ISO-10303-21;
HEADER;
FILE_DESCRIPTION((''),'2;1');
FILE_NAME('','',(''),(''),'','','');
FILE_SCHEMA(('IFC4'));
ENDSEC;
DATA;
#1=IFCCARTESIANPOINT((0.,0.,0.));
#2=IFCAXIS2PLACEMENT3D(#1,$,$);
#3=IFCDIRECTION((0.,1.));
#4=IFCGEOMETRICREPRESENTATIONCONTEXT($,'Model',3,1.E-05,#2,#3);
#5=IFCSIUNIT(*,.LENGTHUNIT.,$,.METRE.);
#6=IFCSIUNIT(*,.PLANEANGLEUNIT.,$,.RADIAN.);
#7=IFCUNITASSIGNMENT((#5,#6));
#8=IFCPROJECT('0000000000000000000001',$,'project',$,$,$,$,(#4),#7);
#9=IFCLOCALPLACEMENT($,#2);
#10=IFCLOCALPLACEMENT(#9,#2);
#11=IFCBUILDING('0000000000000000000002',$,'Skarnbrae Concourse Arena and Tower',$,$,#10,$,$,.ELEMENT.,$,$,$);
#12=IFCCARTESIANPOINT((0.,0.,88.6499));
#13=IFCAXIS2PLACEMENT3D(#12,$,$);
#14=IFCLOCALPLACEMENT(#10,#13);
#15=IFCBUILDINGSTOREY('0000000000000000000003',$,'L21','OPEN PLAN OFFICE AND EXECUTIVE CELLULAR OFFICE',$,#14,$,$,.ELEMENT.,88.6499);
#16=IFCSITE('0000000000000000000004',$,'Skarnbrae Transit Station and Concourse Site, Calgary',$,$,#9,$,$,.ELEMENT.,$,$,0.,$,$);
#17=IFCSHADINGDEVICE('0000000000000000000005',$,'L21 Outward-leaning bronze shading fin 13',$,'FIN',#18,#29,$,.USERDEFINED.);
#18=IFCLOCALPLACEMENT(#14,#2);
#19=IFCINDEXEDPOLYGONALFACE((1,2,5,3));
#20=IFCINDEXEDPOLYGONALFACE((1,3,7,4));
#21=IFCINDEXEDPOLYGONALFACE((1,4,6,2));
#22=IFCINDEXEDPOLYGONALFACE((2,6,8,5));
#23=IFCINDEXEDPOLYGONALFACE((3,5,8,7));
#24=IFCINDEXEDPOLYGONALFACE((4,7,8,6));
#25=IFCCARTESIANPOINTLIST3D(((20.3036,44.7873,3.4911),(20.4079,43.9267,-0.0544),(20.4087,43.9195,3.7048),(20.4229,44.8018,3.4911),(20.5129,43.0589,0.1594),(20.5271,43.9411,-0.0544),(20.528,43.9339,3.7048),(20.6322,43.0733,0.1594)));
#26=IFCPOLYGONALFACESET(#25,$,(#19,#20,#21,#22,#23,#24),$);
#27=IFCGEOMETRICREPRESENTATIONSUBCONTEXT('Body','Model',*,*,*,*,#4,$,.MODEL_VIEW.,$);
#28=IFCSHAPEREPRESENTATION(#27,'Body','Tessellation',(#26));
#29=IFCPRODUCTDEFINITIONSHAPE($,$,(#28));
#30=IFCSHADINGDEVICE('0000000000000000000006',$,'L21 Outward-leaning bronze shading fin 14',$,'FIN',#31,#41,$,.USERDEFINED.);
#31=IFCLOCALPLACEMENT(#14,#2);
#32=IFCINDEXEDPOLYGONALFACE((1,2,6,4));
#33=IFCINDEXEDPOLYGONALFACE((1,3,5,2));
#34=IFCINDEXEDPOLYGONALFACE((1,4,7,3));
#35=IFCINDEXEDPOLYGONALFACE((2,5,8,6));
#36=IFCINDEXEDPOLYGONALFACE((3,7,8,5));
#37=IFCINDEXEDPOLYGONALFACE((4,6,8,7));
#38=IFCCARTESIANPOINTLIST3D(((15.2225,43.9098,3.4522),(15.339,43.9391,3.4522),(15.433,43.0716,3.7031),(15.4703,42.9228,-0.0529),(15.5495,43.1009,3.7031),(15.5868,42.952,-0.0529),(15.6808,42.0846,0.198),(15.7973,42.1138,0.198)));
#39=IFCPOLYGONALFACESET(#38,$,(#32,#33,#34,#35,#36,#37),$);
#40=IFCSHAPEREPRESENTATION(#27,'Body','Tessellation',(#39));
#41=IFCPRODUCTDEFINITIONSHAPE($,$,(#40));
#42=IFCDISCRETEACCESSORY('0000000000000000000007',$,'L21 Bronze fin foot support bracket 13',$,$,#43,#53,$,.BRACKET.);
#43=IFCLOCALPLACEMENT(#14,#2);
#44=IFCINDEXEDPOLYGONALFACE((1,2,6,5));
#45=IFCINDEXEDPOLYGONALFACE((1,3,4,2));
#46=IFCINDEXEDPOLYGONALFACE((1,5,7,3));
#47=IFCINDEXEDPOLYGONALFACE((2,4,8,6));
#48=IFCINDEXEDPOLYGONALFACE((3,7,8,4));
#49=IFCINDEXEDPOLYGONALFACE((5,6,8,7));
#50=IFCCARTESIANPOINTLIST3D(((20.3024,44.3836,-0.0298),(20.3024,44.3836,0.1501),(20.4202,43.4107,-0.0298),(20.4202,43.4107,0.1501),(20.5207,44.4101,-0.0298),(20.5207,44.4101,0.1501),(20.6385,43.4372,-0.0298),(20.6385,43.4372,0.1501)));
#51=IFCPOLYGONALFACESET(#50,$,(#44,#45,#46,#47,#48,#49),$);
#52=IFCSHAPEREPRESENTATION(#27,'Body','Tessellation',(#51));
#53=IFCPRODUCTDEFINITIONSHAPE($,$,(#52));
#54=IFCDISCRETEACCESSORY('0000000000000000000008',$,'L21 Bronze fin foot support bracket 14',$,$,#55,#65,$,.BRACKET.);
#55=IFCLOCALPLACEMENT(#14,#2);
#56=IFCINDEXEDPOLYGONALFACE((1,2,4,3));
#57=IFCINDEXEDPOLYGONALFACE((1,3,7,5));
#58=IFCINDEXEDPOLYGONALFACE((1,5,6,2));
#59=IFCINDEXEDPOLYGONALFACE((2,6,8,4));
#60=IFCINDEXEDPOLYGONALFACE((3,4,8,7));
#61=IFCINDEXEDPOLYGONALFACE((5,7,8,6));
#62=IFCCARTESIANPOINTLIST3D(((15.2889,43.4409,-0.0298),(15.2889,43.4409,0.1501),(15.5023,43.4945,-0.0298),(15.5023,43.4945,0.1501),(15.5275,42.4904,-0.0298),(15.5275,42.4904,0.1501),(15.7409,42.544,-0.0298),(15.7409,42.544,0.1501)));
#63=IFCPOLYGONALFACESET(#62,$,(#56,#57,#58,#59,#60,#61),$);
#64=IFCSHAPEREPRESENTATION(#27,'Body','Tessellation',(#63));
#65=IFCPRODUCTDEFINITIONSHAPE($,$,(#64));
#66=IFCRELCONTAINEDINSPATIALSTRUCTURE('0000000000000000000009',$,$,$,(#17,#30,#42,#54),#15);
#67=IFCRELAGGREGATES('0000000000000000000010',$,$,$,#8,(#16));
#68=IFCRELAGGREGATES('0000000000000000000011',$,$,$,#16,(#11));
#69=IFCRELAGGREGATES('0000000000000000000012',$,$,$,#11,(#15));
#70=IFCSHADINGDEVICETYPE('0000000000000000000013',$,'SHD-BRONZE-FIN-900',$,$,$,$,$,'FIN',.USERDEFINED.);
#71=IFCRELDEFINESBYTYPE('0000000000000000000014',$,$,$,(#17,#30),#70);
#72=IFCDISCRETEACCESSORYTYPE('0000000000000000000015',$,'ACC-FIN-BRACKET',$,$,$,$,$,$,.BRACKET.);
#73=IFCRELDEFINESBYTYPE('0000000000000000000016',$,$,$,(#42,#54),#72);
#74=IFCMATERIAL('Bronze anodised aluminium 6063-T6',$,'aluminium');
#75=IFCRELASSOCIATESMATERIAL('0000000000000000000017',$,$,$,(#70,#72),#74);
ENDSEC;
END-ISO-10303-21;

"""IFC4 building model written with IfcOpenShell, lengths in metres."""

from ifc_helpers import new_model, si_unit, direction, frame, origin, origin_2d, place, context, subcontext, project, spatial, rectangle, extrude, source, transform, mapped, material, type_object, element, save


model = new_model("IFC4")

# Units and contexts
model_context = context("Model", 3, precision=1e-05, world=origin(), true_north=direction((0.0, 1.0)))
body_context = subcontext(model_context, "Body", "Model", "MODEL_VIEW")
ifc_project = project(units=[si_unit("LENGTHUNIT", "METRE"), si_unit("PLANEANGLEUNIT", "RADIAN")], contexts=[model_context])

# Site, building, storey
site_placement = place(None, origin())
site = spatial("IfcSite", under=ifc_project, at=site_placement, Name="Skarnbrae Transit Station and Concourse Site, Calgary", CompositionType="ELEMENT", RefElevation=0.0)
building_placement = place(site_placement, origin())
building = spatial("IfcBuilding", under=site, at=building_placement, Name="Skarnbrae Concourse Arena and Tower", CompositionType="ELEMENT")
storey_placement = place(building_placement, frame((0.0, 0.0, 88.6499)))
storey = spatial("IfcBuildingStorey", under=building, at=storey_placement, Name="L21", Description="OPEN PLAN OFFICE AND EXECUTIVE CELLULAR OFFICE", CompositionType="ELEMENT", Elevation=88.6499)

# Shared definitions
ifc_material_1 = material(Name="Bronze anodised aluminium 6063-T6", Category="aluminium")

# Shading devices
shading_device_type = type_object("IfcShadingDeviceType", Name="SHD-BRONZE-FIN-900", ElementType="FIN", PredefinedType="USERDEFINED", material=ifc_material_1)
shared_shape_1 = source(origin(), body_context, "Body", "SweptSolid", [
    extrude(rectangle(XDim=0.1201, YDim=0.8999, at=origin_2d()), origin(), (0.0, 0.0, 1.0), 3.6499),
])
for number, where, z_axis, x_axis, name in (
    (1, (20.52, 43.5, 0.0525), (-0.028551, 0.235794, 0.971384), (0.992749, 0.120206, 0.0), "L21 Outward-leaning bronze shading fin 13"),
    (2, (15.6338, 42.5183, 0.0725), (-0.067893, 0.270431, 0.960342), (0.969902, 0.243497, 0.0), "L21 Outward-leaning bronze shading fin 14"),
):
    element("IfcShadingDevice", number, at=place(storey_placement, frame(where, z_axis=z_axis, x_axis=x_axis)), inside=storey, type_object=shading_device_type, Name=name, ObjectType="FIN", PredefinedType="USERDEFINED", context=body_context, shape_type="MappedRepresentation", body=[
        mapped(shared_shape_1, transform((0.0, 0.0, 0.0))),
    ])

# Discrete accessories
discrete_accessory_type = type_object("IfcDiscreteAccessoryType", Name="ACC-FIN-BRACKET", PredefinedType="BRACKET", material=ifc_material_1)
shared_shape_2 = source(origin(), body_context, "Body", "SweptSolid", [
    extrude(rectangle(XDim=0.22, YDim=0.98, at=origin_2d()), origin(), (0.0, 0.0, 1.0), 0.1799),
])
for number, where, z_axis, x_axis, name in (
    (3, (20.4705, 43.9104, -0.0298), (0.0, 0.0, 1.0), (0.992749, 0.120206, 0.0), "L21 Bronze fin foot support bracket 13"),
    (4, (15.5149, 42.9924, -0.0298), (0.0, 0.0, 1.0), (0.969902, 0.243497, 0.0), "L21 Bronze fin foot support bracket 14"),
):
    element("IfcDiscreteAccessory", number, at=place(storey_placement, frame(where, z_axis=z_axis, x_axis=x_axis)), inside=storey, type_object=discrete_accessory_type, Name=name, PredefinedType="BRACKET", context=body_context, shape_type="MappedRepresentation", body=[
        mapped(shared_shape_2, transform((0.0, 0.0, 0.0))),
    ])

save(model, "model.ifc")
